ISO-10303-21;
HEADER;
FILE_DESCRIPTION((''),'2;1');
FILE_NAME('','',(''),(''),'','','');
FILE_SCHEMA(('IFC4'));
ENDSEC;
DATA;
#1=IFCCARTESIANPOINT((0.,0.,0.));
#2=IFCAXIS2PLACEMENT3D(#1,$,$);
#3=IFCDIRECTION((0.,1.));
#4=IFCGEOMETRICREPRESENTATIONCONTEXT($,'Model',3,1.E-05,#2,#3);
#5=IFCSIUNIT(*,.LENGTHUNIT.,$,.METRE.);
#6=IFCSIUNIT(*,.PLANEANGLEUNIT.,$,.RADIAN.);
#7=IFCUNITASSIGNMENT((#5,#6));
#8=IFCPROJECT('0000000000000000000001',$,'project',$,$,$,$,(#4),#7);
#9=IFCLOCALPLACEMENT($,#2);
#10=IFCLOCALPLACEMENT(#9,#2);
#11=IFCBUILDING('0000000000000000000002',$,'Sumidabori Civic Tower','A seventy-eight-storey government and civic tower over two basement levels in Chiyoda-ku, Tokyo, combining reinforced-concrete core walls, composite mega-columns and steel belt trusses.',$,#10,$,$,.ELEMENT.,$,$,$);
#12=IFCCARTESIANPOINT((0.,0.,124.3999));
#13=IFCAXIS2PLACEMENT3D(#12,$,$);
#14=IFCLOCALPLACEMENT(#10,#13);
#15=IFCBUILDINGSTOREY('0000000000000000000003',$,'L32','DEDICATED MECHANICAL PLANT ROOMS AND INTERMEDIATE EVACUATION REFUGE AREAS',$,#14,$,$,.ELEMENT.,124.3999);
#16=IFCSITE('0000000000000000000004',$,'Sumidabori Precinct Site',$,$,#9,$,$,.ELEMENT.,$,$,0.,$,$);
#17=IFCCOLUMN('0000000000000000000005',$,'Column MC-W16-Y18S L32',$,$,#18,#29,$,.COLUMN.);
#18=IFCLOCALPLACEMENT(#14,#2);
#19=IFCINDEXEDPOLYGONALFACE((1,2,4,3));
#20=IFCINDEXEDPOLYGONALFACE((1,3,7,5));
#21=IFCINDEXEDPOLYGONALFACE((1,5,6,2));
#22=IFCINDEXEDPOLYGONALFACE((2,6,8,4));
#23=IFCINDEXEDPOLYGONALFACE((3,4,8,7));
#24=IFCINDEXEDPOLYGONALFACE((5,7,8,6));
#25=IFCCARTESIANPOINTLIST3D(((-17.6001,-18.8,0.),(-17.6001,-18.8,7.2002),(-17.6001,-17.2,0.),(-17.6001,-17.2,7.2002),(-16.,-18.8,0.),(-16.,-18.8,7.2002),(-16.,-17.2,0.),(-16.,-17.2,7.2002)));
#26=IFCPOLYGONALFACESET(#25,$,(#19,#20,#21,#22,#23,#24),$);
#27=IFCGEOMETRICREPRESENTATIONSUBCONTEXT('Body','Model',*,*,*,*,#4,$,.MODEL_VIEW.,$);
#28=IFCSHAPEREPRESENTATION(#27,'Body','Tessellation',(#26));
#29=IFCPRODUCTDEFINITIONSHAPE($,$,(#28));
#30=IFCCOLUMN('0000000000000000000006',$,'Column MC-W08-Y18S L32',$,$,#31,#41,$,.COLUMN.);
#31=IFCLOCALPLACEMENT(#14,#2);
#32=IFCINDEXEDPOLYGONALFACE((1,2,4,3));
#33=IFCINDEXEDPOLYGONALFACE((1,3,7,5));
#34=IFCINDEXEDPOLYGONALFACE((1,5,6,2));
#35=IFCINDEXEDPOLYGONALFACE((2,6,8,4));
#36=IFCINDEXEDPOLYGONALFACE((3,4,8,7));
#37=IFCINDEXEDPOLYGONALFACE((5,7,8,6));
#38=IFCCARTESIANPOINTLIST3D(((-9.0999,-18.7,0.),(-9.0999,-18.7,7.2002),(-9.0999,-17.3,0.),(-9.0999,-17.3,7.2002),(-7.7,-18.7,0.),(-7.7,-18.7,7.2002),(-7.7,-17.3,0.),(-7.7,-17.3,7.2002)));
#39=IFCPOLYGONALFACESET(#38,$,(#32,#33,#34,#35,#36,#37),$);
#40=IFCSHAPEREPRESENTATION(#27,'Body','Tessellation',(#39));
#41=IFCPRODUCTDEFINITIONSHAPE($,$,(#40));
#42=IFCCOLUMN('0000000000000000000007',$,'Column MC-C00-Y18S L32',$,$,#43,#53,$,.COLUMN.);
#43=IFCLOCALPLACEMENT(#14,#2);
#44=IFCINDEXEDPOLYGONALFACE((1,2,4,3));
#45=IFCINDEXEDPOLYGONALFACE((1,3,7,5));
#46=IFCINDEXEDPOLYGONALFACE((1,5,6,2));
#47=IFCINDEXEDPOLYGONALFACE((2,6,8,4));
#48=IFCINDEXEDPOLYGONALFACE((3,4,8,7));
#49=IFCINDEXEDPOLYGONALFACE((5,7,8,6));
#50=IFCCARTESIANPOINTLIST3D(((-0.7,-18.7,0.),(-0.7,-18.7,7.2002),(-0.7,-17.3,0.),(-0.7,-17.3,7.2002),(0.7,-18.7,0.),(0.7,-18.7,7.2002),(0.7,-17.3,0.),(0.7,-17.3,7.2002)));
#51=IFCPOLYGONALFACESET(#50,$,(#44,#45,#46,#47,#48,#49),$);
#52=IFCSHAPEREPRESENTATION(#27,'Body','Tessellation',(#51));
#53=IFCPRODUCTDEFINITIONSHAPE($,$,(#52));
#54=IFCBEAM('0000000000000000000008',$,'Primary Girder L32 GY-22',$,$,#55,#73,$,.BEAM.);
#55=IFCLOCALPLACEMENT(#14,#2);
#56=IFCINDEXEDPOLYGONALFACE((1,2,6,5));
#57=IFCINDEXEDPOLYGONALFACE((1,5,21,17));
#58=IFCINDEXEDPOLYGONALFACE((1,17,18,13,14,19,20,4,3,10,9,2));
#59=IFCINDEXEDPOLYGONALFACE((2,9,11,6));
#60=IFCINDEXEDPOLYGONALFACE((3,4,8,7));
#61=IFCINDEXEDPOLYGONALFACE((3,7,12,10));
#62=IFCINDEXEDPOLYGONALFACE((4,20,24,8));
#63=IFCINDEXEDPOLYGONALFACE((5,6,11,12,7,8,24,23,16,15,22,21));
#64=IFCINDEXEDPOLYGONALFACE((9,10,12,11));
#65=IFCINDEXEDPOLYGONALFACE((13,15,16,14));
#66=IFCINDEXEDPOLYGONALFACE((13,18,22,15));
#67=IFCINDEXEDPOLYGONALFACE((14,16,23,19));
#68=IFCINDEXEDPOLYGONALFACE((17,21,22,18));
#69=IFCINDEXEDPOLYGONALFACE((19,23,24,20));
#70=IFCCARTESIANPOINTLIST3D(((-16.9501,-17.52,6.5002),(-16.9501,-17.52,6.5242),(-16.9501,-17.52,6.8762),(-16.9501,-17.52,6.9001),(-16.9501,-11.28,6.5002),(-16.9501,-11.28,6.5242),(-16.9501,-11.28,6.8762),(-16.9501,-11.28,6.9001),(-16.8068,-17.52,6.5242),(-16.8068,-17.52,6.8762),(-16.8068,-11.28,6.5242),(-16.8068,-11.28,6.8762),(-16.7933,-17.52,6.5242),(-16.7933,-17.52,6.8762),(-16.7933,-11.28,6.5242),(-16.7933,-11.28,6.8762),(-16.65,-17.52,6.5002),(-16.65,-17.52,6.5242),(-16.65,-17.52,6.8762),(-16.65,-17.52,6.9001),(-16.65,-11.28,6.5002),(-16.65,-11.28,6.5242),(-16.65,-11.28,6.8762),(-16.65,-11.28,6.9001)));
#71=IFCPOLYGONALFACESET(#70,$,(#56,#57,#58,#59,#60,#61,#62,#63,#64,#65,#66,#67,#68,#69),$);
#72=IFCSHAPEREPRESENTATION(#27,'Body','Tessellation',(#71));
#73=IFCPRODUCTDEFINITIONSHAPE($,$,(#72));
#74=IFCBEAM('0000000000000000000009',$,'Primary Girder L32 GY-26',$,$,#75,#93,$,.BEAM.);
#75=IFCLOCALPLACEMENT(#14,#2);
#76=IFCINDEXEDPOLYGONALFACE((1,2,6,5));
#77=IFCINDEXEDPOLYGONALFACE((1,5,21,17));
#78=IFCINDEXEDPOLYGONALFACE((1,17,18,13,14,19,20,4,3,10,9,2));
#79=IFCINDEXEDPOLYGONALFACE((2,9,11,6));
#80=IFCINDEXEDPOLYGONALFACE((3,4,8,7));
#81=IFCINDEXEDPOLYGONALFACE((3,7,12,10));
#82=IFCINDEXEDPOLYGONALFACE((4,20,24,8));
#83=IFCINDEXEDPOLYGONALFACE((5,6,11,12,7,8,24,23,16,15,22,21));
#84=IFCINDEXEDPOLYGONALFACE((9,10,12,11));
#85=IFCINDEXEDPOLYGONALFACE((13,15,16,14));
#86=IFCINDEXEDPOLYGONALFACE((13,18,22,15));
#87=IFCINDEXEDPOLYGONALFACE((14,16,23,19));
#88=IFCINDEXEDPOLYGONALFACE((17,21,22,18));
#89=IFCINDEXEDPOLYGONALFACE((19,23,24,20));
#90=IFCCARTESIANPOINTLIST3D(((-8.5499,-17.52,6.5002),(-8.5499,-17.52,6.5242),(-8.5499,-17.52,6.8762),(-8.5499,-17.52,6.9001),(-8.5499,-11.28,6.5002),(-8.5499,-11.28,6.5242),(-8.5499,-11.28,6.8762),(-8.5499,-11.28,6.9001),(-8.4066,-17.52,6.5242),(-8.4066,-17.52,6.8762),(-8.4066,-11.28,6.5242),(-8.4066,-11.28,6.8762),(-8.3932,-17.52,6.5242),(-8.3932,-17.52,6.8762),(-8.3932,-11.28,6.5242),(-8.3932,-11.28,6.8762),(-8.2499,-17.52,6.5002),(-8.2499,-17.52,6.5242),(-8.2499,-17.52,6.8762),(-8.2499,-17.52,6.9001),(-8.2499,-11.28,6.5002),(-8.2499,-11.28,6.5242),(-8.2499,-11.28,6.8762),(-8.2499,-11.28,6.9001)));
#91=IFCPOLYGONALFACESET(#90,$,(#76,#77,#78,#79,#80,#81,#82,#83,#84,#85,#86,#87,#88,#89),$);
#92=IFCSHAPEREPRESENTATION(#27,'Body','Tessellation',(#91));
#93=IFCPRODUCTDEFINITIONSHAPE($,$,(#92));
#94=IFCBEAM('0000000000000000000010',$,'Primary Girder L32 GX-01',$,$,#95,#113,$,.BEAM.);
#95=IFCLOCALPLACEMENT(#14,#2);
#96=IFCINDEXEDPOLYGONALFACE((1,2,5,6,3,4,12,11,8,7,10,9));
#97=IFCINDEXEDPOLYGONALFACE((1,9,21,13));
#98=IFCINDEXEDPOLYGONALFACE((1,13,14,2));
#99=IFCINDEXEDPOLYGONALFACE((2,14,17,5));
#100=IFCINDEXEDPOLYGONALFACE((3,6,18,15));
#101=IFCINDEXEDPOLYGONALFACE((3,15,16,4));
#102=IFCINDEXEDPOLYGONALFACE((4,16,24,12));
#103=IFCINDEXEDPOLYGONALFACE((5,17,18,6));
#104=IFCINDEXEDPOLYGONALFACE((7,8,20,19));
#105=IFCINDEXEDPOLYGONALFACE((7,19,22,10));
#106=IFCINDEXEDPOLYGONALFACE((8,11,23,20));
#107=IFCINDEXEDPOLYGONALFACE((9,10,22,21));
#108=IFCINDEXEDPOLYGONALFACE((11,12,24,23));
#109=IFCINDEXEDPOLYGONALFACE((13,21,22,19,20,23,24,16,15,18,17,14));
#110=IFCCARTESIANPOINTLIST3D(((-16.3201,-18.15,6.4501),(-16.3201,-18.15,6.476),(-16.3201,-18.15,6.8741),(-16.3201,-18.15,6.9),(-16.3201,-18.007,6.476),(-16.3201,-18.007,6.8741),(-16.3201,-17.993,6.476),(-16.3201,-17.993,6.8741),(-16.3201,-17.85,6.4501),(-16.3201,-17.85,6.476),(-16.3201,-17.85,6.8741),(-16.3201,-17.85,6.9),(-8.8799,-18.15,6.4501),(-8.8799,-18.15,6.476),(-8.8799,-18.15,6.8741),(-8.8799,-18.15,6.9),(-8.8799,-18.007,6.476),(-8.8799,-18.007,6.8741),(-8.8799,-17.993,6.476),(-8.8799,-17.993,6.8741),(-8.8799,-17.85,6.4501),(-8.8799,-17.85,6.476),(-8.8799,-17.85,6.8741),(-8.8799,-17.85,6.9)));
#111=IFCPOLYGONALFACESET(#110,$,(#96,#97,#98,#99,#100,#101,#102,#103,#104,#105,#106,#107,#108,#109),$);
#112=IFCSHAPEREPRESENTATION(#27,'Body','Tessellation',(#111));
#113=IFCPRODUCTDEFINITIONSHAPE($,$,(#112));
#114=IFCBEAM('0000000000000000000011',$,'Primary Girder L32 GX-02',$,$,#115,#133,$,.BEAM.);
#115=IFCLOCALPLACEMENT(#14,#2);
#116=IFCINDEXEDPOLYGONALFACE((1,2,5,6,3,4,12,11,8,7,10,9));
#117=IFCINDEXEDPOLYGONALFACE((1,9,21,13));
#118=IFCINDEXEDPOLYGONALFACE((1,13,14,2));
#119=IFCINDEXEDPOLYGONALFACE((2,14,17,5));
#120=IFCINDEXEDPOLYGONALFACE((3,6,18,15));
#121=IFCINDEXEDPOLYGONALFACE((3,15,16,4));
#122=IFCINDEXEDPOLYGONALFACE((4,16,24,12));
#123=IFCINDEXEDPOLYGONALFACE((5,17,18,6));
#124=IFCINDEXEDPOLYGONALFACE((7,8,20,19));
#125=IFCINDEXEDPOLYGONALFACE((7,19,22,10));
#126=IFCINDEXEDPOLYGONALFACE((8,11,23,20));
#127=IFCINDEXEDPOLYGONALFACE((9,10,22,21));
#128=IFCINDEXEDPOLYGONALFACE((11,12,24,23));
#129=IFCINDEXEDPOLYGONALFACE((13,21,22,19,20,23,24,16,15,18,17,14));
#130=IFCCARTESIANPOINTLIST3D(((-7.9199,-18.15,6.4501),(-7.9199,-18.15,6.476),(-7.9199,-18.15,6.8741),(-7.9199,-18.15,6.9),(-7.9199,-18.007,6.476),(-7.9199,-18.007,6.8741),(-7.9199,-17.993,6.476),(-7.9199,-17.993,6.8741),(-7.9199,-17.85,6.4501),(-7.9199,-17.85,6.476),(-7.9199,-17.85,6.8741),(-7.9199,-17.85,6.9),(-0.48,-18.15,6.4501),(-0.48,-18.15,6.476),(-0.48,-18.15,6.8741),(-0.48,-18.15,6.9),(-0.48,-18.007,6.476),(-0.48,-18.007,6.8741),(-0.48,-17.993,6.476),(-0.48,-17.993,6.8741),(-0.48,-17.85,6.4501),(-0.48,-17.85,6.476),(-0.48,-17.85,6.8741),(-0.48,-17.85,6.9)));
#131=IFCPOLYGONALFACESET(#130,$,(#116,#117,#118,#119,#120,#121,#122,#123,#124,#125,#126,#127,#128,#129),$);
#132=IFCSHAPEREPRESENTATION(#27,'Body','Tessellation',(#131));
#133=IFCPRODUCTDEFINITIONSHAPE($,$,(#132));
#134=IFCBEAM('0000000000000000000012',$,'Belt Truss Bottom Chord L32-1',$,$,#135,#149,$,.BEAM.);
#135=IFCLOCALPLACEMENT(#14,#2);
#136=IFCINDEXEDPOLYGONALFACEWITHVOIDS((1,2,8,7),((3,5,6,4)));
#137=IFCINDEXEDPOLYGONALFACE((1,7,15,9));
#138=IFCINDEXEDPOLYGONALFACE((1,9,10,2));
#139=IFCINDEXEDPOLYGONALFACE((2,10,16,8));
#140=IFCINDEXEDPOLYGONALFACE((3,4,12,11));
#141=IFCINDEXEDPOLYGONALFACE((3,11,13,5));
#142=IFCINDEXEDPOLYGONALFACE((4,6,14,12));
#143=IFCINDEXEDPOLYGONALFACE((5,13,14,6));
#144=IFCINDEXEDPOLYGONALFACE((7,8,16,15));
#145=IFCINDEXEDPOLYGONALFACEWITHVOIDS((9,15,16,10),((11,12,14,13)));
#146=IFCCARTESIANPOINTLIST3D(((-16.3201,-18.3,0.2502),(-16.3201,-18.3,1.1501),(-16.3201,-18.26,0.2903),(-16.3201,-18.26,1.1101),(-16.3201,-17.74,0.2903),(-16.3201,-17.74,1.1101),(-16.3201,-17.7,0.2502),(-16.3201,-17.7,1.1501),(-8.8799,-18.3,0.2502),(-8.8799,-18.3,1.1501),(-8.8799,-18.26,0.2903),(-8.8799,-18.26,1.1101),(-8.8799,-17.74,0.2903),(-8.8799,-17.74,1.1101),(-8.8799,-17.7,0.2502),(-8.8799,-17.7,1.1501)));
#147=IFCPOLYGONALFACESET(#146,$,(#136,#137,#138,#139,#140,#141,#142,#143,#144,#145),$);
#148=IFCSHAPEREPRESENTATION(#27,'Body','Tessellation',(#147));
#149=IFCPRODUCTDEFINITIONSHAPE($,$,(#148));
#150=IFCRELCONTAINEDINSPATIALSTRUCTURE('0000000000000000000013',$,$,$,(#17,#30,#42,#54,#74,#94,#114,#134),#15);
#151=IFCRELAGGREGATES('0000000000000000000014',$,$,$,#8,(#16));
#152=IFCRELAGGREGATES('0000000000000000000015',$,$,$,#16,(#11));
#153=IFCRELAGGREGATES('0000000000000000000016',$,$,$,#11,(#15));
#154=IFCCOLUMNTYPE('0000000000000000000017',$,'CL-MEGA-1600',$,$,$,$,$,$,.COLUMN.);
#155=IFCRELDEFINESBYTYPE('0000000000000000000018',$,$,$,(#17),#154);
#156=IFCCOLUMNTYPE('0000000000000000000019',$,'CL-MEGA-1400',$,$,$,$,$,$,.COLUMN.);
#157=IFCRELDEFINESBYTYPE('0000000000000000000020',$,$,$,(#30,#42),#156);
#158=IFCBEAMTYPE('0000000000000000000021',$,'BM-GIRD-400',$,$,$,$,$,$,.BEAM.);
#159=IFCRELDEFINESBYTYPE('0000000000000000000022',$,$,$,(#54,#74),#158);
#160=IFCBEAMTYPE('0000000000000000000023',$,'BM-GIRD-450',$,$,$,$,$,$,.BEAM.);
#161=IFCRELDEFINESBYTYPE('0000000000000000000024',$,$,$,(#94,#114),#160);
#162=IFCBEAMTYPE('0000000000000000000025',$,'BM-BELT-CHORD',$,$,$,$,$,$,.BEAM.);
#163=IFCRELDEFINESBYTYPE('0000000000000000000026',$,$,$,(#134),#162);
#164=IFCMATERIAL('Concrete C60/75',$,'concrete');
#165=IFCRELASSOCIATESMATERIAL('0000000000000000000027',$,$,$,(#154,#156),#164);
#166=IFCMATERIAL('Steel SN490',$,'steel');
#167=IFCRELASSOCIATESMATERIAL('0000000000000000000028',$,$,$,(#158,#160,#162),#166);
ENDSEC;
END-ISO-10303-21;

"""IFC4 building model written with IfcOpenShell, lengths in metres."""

from ifc_helpers import new_model, si_unit, direction, frame, origin, origin_2d, place, context, subcontext, project, spatial, rectangle, hollow_rectangle, i_section, extrude, source, transform, mapped, material, material_profile, profile_set, type_object, element, save


model = new_model("IFC4")

# Units and contexts
model_context = context("Model", 3, precision=1e-05, world=origin(), true_north=direction((0.0, 1.0)))
body_context = subcontext(model_context, "Body", "Model", "MODEL_VIEW")
ifc_project = project(units=[si_unit("LENGTHUNIT", "METRE"), si_unit("PLANEANGLEUNIT", "RADIAN")], contexts=[model_context])

# Site, building, storey
site_placement = place(None, origin())
site = spatial("IfcSite", under=ifc_project, at=site_placement, Name="Sumidabori Precinct Site", CompositionType="ELEMENT", RefElevation=0.0)
building_placement = place(site_placement, origin())
building = spatial("IfcBuilding", under=site, at=building_placement, Name="Sumidabori Civic Tower", Description="A seventy-eight-storey government and civic tower over two basement levels in Chiyoda-ku, Tokyo, combining reinforced-concrete core walls, composite mega-columns and steel belt trusses.", CompositionType="ELEMENT")
storey_placement = place(building_placement, frame((0.0, 0.0, 124.3999)))
storey = spatial("IfcBuildingStorey", under=building, at=storey_placement, Name="L32", Description="DEDICATED MECHANICAL PLANT ROOMS AND INTERMEDIATE EVACUATION REFUGE AREAS", CompositionType="ELEMENT", Elevation=124.3999)

# Columns
ifc_material_1 = material(Name="Concrete C60/75", Category="concrete")
ifc_material_profile_1 = material_profile(ifc_material_1, rectangle(XDim=1.6001, YDim=1.6001, at=origin_2d()), Name="RC 1600x1600")
ifc_profile_set_1 = profile_set([ifc_material_profile_1], Name="Concrete C60/75")
column_type_1 = type_object("IfcColumnType", Name="CL-MEGA-1600", PredefinedType="COLUMN", material=ifc_profile_set_1)
shared_shape_1 = source(origin(), body_context, "Body", "SweptSolid", [
    extrude(rectangle(XDim=1.6001, YDim=1.6001, at=origin_2d()), origin(), (0.0, 0.0, 1.0), 7.2002),
])
column_placement = place(storey_placement, frame((-16.8, -18.0, 0.0), z_axis=(0.0, 0.0, 1.0), x_axis=(1.0, 0.0, 0.0)))
element("IfcColumn", 1, at=column_placement, inside=storey, type_object=column_type_1, Name="Column MC-W16-Y18S L32", PredefinedType="COLUMN", context=body_context, shape_type="MappedRepresentation", body=[
    mapped(shared_shape_1, transform((0.0, 0.0, 0.0), x_axis=(1.0, 0.0, 0.0), y_axis=(0.0, 1.0, 0.0), z_axis=(0.0, 0.0, 1.0), scale=1.0)),
])
ifc_material_profile_2 = material_profile(ifc_material_1, rectangle(XDim=1.3999, YDim=1.3999, at=origin_2d()), Name="RC 1400x1400")
ifc_profile_set_2 = profile_set([ifc_material_profile_2], Name="Concrete C60/75")
column_type_2 = type_object("IfcColumnType", Name="CL-MEGA-1400", PredefinedType="COLUMN", material=ifc_profile_set_2)
shared_shape_2 = source(origin(), body_context, "Body", "SweptSolid", [
    extrude(rectangle(XDim=1.3999, YDim=1.3999, at=origin_2d()), origin(), (0.0, 0.0, 1.0), 7.2002),
])
for number, where, z_axis, x_axis, name in (
    (2, (-8.3999, -18.0, 0.0), (0.0, 0.0, 1.0), (1.0, 0.0, 0.0), "Column MC-W08-Y18S L32"),
    (3, (0.0, -18.0, 0.0), (0.0, 0.0, 1.0), (1.0, 0.0, 0.0), "Column MC-C00-Y18S L32"),
):
    element("IfcColumn", number, at=place(storey_placement, frame(where, z_axis=z_axis, x_axis=x_axis)), inside=storey, type_object=column_type_2, Name=name, PredefinedType="COLUMN", context=body_context, shape_type="MappedRepresentation", body=[
        mapped(shared_shape_2, transform((0.0, 0.0, 0.0), x_axis=(1.0, 0.0, 0.0), y_axis=(0.0, 1.0, 0.0), z_axis=(0.0, 0.0, 1.0), scale=1.0)),
    ])

# Beams
ifc_material_2 = material(Name="Steel SN490", Category="steel")
ifc_material_profile_3 = material_profile(ifc_material_2, i_section(OverallWidth=0.3, OverallDepth=0.3999, WebThickness=0.0134, FlangeThickness=0.0239, at=origin_2d()), Name="HE 400 B")
ifc_profile_set_3 = profile_set([ifc_material_profile_3], Name="Steel SN490")
beam_type_1 = type_object("IfcBeamType", Name="BM-GIRD-400", PredefinedType="BEAM", material=ifc_profile_set_3)
shared_shape_3 = source(origin(), body_context, "Body", "SweptSolid", [
    extrude(i_section(OverallWidth=0.3, OverallDepth=0.3999, WebThickness=0.0134, FlangeThickness=0.0239, at=origin_2d()), origin(), (0.0, 0.0, 1.0), 6.24),
])
for number, where, z_axis, x_axis, name in (
    (4, (-16.8, -17.52, 6.7002), (0.0, 1.0, 0.0), (-1.0, 0.0, 0.0), "Primary Girder L32 GY-22"),
    (5, (-8.3999, -17.52, 6.7002), (0.0, 1.0, 0.0), (-1.0, 0.0, 0.0), "Primary Girder L32 GY-26"),
):
    element("IfcBeam", number, at=place(storey_placement, frame(where, z_axis=z_axis, x_axis=x_axis)), inside=storey, type_object=beam_type_1, Name=name, PredefinedType="BEAM", context=body_context, shape_type="MappedRepresentation", body=[
        mapped(shared_shape_3, transform((0.0, 0.0, 0.0), x_axis=(1.0, 0.0, 0.0), y_axis=(0.0, 1.0, 0.0), z_axis=(0.0, 0.0, 1.0), scale=1.0)),
    ])
ifc_material_profile_4 = material_profile(ifc_material_2, i_section(OverallWidth=0.3, OverallDepth=0.45, WebThickness=0.0139, FlangeThickness=0.0259, at=origin_2d()), Name="HE 450 B")
ifc_profile_set_4 = profile_set([ifc_material_profile_4], Name="Steel SN490")
beam_type_2 = type_object("IfcBeamType", Name="BM-GIRD-450", PredefinedType="BEAM", material=ifc_profile_set_4)
shared_shape_4 = source(origin(), body_context, "Body", "SweptSolid", [
    extrude(i_section(OverallWidth=0.3, OverallDepth=0.45, WebThickness=0.0139, FlangeThickness=0.0259, at=origin_2d()), origin(), (0.0, 0.0, 1.0), 7.4402),
])
beam_1_placement = place(storey_placement, frame((-16.3201, -18.0, 6.675), z_axis=(1.0, 0.0, 0.0), x_axis=(0.0, 1.0, 0.0)))
element("IfcBeam", 6, at=beam_1_placement, inside=storey, type_object=beam_type_2, Name="Primary Girder L32 GX-01", PredefinedType="BEAM", context=body_context, shape_type="MappedRepresentation", body=[
    mapped(shared_shape_4, transform((0.0, 0.0, 0.0), x_axis=(1.0, 0.0, 0.0), y_axis=(0.0, 1.0, 0.0), z_axis=(0.0, 0.0, 1.0), scale=1.0)),
])
shared_shape_5 = source(origin(), body_context, "Body", "SweptSolid", [
    extrude(i_section(OverallWidth=0.3, OverallDepth=0.45, WebThickness=0.0139, FlangeThickness=0.0259, at=origin_2d()), origin(), (0.0, 0.0, 1.0), 7.4399),
])
beam_2_placement = place(storey_placement, frame((-7.9199, -18.0, 6.675), z_axis=(1.0, 0.0, 0.0), x_axis=(0.0, 1.0, 0.0)))
element("IfcBeam", 7, at=beam_2_placement, inside=storey, type_object=beam_type_2, Name="Primary Girder L32 GX-02", PredefinedType="BEAM", context=body_context, shape_type="MappedRepresentation", body=[
    mapped(shared_shape_5, transform((0.0, 0.0, 0.0), x_axis=(1.0, 0.0, 0.0), y_axis=(0.0, 1.0, 0.0), z_axis=(0.0, 0.0, 1.0), scale=1.0)),
])
ifc_material_profile_5 = material_profile(ifc_material_2, hollow_rectangle(XDim=0.6001, YDim=0.8999, WallThickness=0.04, at=origin_2d()), Name="RHS 900x600x40")
ifc_profile_set_5 = profile_set([ifc_material_profile_5], Name="Steel SN490")
beam_type_3 = type_object("IfcBeamType", Name="BM-BELT-CHORD", PredefinedType="BEAM", material=ifc_profile_set_5)
shared_shape_6 = source(origin(), body_context, "Body", "SweptSolid", [
    extrude(hollow_rectangle(XDim=0.6001, YDim=0.8999, WallThickness=0.04, at=origin_2d()), origin(), (0.0, 0.0, 1.0), 7.4402),
])
beam_3_placement = place(storey_placement, frame((-16.3201, -18.0, 0.7002), z_axis=(1.0, 0.0, 0.0), x_axis=(0.0, 1.0, 0.0)))
element("IfcBeam", 8, at=beam_3_placement, inside=storey, type_object=beam_type_3, Name="Belt Truss Bottom Chord L32-1", PredefinedType="BEAM", context=body_context, shape_type="MappedRepresentation", body=[
    mapped(shared_shape_6, transform((0.0, 0.0, 0.0), x_axis=(1.0, 0.0, 0.0), y_axis=(0.0, 1.0, 0.0), z_axis=(0.0, 0.0, 1.0), scale=1.0)),
])

save(model, "model.ifc")
